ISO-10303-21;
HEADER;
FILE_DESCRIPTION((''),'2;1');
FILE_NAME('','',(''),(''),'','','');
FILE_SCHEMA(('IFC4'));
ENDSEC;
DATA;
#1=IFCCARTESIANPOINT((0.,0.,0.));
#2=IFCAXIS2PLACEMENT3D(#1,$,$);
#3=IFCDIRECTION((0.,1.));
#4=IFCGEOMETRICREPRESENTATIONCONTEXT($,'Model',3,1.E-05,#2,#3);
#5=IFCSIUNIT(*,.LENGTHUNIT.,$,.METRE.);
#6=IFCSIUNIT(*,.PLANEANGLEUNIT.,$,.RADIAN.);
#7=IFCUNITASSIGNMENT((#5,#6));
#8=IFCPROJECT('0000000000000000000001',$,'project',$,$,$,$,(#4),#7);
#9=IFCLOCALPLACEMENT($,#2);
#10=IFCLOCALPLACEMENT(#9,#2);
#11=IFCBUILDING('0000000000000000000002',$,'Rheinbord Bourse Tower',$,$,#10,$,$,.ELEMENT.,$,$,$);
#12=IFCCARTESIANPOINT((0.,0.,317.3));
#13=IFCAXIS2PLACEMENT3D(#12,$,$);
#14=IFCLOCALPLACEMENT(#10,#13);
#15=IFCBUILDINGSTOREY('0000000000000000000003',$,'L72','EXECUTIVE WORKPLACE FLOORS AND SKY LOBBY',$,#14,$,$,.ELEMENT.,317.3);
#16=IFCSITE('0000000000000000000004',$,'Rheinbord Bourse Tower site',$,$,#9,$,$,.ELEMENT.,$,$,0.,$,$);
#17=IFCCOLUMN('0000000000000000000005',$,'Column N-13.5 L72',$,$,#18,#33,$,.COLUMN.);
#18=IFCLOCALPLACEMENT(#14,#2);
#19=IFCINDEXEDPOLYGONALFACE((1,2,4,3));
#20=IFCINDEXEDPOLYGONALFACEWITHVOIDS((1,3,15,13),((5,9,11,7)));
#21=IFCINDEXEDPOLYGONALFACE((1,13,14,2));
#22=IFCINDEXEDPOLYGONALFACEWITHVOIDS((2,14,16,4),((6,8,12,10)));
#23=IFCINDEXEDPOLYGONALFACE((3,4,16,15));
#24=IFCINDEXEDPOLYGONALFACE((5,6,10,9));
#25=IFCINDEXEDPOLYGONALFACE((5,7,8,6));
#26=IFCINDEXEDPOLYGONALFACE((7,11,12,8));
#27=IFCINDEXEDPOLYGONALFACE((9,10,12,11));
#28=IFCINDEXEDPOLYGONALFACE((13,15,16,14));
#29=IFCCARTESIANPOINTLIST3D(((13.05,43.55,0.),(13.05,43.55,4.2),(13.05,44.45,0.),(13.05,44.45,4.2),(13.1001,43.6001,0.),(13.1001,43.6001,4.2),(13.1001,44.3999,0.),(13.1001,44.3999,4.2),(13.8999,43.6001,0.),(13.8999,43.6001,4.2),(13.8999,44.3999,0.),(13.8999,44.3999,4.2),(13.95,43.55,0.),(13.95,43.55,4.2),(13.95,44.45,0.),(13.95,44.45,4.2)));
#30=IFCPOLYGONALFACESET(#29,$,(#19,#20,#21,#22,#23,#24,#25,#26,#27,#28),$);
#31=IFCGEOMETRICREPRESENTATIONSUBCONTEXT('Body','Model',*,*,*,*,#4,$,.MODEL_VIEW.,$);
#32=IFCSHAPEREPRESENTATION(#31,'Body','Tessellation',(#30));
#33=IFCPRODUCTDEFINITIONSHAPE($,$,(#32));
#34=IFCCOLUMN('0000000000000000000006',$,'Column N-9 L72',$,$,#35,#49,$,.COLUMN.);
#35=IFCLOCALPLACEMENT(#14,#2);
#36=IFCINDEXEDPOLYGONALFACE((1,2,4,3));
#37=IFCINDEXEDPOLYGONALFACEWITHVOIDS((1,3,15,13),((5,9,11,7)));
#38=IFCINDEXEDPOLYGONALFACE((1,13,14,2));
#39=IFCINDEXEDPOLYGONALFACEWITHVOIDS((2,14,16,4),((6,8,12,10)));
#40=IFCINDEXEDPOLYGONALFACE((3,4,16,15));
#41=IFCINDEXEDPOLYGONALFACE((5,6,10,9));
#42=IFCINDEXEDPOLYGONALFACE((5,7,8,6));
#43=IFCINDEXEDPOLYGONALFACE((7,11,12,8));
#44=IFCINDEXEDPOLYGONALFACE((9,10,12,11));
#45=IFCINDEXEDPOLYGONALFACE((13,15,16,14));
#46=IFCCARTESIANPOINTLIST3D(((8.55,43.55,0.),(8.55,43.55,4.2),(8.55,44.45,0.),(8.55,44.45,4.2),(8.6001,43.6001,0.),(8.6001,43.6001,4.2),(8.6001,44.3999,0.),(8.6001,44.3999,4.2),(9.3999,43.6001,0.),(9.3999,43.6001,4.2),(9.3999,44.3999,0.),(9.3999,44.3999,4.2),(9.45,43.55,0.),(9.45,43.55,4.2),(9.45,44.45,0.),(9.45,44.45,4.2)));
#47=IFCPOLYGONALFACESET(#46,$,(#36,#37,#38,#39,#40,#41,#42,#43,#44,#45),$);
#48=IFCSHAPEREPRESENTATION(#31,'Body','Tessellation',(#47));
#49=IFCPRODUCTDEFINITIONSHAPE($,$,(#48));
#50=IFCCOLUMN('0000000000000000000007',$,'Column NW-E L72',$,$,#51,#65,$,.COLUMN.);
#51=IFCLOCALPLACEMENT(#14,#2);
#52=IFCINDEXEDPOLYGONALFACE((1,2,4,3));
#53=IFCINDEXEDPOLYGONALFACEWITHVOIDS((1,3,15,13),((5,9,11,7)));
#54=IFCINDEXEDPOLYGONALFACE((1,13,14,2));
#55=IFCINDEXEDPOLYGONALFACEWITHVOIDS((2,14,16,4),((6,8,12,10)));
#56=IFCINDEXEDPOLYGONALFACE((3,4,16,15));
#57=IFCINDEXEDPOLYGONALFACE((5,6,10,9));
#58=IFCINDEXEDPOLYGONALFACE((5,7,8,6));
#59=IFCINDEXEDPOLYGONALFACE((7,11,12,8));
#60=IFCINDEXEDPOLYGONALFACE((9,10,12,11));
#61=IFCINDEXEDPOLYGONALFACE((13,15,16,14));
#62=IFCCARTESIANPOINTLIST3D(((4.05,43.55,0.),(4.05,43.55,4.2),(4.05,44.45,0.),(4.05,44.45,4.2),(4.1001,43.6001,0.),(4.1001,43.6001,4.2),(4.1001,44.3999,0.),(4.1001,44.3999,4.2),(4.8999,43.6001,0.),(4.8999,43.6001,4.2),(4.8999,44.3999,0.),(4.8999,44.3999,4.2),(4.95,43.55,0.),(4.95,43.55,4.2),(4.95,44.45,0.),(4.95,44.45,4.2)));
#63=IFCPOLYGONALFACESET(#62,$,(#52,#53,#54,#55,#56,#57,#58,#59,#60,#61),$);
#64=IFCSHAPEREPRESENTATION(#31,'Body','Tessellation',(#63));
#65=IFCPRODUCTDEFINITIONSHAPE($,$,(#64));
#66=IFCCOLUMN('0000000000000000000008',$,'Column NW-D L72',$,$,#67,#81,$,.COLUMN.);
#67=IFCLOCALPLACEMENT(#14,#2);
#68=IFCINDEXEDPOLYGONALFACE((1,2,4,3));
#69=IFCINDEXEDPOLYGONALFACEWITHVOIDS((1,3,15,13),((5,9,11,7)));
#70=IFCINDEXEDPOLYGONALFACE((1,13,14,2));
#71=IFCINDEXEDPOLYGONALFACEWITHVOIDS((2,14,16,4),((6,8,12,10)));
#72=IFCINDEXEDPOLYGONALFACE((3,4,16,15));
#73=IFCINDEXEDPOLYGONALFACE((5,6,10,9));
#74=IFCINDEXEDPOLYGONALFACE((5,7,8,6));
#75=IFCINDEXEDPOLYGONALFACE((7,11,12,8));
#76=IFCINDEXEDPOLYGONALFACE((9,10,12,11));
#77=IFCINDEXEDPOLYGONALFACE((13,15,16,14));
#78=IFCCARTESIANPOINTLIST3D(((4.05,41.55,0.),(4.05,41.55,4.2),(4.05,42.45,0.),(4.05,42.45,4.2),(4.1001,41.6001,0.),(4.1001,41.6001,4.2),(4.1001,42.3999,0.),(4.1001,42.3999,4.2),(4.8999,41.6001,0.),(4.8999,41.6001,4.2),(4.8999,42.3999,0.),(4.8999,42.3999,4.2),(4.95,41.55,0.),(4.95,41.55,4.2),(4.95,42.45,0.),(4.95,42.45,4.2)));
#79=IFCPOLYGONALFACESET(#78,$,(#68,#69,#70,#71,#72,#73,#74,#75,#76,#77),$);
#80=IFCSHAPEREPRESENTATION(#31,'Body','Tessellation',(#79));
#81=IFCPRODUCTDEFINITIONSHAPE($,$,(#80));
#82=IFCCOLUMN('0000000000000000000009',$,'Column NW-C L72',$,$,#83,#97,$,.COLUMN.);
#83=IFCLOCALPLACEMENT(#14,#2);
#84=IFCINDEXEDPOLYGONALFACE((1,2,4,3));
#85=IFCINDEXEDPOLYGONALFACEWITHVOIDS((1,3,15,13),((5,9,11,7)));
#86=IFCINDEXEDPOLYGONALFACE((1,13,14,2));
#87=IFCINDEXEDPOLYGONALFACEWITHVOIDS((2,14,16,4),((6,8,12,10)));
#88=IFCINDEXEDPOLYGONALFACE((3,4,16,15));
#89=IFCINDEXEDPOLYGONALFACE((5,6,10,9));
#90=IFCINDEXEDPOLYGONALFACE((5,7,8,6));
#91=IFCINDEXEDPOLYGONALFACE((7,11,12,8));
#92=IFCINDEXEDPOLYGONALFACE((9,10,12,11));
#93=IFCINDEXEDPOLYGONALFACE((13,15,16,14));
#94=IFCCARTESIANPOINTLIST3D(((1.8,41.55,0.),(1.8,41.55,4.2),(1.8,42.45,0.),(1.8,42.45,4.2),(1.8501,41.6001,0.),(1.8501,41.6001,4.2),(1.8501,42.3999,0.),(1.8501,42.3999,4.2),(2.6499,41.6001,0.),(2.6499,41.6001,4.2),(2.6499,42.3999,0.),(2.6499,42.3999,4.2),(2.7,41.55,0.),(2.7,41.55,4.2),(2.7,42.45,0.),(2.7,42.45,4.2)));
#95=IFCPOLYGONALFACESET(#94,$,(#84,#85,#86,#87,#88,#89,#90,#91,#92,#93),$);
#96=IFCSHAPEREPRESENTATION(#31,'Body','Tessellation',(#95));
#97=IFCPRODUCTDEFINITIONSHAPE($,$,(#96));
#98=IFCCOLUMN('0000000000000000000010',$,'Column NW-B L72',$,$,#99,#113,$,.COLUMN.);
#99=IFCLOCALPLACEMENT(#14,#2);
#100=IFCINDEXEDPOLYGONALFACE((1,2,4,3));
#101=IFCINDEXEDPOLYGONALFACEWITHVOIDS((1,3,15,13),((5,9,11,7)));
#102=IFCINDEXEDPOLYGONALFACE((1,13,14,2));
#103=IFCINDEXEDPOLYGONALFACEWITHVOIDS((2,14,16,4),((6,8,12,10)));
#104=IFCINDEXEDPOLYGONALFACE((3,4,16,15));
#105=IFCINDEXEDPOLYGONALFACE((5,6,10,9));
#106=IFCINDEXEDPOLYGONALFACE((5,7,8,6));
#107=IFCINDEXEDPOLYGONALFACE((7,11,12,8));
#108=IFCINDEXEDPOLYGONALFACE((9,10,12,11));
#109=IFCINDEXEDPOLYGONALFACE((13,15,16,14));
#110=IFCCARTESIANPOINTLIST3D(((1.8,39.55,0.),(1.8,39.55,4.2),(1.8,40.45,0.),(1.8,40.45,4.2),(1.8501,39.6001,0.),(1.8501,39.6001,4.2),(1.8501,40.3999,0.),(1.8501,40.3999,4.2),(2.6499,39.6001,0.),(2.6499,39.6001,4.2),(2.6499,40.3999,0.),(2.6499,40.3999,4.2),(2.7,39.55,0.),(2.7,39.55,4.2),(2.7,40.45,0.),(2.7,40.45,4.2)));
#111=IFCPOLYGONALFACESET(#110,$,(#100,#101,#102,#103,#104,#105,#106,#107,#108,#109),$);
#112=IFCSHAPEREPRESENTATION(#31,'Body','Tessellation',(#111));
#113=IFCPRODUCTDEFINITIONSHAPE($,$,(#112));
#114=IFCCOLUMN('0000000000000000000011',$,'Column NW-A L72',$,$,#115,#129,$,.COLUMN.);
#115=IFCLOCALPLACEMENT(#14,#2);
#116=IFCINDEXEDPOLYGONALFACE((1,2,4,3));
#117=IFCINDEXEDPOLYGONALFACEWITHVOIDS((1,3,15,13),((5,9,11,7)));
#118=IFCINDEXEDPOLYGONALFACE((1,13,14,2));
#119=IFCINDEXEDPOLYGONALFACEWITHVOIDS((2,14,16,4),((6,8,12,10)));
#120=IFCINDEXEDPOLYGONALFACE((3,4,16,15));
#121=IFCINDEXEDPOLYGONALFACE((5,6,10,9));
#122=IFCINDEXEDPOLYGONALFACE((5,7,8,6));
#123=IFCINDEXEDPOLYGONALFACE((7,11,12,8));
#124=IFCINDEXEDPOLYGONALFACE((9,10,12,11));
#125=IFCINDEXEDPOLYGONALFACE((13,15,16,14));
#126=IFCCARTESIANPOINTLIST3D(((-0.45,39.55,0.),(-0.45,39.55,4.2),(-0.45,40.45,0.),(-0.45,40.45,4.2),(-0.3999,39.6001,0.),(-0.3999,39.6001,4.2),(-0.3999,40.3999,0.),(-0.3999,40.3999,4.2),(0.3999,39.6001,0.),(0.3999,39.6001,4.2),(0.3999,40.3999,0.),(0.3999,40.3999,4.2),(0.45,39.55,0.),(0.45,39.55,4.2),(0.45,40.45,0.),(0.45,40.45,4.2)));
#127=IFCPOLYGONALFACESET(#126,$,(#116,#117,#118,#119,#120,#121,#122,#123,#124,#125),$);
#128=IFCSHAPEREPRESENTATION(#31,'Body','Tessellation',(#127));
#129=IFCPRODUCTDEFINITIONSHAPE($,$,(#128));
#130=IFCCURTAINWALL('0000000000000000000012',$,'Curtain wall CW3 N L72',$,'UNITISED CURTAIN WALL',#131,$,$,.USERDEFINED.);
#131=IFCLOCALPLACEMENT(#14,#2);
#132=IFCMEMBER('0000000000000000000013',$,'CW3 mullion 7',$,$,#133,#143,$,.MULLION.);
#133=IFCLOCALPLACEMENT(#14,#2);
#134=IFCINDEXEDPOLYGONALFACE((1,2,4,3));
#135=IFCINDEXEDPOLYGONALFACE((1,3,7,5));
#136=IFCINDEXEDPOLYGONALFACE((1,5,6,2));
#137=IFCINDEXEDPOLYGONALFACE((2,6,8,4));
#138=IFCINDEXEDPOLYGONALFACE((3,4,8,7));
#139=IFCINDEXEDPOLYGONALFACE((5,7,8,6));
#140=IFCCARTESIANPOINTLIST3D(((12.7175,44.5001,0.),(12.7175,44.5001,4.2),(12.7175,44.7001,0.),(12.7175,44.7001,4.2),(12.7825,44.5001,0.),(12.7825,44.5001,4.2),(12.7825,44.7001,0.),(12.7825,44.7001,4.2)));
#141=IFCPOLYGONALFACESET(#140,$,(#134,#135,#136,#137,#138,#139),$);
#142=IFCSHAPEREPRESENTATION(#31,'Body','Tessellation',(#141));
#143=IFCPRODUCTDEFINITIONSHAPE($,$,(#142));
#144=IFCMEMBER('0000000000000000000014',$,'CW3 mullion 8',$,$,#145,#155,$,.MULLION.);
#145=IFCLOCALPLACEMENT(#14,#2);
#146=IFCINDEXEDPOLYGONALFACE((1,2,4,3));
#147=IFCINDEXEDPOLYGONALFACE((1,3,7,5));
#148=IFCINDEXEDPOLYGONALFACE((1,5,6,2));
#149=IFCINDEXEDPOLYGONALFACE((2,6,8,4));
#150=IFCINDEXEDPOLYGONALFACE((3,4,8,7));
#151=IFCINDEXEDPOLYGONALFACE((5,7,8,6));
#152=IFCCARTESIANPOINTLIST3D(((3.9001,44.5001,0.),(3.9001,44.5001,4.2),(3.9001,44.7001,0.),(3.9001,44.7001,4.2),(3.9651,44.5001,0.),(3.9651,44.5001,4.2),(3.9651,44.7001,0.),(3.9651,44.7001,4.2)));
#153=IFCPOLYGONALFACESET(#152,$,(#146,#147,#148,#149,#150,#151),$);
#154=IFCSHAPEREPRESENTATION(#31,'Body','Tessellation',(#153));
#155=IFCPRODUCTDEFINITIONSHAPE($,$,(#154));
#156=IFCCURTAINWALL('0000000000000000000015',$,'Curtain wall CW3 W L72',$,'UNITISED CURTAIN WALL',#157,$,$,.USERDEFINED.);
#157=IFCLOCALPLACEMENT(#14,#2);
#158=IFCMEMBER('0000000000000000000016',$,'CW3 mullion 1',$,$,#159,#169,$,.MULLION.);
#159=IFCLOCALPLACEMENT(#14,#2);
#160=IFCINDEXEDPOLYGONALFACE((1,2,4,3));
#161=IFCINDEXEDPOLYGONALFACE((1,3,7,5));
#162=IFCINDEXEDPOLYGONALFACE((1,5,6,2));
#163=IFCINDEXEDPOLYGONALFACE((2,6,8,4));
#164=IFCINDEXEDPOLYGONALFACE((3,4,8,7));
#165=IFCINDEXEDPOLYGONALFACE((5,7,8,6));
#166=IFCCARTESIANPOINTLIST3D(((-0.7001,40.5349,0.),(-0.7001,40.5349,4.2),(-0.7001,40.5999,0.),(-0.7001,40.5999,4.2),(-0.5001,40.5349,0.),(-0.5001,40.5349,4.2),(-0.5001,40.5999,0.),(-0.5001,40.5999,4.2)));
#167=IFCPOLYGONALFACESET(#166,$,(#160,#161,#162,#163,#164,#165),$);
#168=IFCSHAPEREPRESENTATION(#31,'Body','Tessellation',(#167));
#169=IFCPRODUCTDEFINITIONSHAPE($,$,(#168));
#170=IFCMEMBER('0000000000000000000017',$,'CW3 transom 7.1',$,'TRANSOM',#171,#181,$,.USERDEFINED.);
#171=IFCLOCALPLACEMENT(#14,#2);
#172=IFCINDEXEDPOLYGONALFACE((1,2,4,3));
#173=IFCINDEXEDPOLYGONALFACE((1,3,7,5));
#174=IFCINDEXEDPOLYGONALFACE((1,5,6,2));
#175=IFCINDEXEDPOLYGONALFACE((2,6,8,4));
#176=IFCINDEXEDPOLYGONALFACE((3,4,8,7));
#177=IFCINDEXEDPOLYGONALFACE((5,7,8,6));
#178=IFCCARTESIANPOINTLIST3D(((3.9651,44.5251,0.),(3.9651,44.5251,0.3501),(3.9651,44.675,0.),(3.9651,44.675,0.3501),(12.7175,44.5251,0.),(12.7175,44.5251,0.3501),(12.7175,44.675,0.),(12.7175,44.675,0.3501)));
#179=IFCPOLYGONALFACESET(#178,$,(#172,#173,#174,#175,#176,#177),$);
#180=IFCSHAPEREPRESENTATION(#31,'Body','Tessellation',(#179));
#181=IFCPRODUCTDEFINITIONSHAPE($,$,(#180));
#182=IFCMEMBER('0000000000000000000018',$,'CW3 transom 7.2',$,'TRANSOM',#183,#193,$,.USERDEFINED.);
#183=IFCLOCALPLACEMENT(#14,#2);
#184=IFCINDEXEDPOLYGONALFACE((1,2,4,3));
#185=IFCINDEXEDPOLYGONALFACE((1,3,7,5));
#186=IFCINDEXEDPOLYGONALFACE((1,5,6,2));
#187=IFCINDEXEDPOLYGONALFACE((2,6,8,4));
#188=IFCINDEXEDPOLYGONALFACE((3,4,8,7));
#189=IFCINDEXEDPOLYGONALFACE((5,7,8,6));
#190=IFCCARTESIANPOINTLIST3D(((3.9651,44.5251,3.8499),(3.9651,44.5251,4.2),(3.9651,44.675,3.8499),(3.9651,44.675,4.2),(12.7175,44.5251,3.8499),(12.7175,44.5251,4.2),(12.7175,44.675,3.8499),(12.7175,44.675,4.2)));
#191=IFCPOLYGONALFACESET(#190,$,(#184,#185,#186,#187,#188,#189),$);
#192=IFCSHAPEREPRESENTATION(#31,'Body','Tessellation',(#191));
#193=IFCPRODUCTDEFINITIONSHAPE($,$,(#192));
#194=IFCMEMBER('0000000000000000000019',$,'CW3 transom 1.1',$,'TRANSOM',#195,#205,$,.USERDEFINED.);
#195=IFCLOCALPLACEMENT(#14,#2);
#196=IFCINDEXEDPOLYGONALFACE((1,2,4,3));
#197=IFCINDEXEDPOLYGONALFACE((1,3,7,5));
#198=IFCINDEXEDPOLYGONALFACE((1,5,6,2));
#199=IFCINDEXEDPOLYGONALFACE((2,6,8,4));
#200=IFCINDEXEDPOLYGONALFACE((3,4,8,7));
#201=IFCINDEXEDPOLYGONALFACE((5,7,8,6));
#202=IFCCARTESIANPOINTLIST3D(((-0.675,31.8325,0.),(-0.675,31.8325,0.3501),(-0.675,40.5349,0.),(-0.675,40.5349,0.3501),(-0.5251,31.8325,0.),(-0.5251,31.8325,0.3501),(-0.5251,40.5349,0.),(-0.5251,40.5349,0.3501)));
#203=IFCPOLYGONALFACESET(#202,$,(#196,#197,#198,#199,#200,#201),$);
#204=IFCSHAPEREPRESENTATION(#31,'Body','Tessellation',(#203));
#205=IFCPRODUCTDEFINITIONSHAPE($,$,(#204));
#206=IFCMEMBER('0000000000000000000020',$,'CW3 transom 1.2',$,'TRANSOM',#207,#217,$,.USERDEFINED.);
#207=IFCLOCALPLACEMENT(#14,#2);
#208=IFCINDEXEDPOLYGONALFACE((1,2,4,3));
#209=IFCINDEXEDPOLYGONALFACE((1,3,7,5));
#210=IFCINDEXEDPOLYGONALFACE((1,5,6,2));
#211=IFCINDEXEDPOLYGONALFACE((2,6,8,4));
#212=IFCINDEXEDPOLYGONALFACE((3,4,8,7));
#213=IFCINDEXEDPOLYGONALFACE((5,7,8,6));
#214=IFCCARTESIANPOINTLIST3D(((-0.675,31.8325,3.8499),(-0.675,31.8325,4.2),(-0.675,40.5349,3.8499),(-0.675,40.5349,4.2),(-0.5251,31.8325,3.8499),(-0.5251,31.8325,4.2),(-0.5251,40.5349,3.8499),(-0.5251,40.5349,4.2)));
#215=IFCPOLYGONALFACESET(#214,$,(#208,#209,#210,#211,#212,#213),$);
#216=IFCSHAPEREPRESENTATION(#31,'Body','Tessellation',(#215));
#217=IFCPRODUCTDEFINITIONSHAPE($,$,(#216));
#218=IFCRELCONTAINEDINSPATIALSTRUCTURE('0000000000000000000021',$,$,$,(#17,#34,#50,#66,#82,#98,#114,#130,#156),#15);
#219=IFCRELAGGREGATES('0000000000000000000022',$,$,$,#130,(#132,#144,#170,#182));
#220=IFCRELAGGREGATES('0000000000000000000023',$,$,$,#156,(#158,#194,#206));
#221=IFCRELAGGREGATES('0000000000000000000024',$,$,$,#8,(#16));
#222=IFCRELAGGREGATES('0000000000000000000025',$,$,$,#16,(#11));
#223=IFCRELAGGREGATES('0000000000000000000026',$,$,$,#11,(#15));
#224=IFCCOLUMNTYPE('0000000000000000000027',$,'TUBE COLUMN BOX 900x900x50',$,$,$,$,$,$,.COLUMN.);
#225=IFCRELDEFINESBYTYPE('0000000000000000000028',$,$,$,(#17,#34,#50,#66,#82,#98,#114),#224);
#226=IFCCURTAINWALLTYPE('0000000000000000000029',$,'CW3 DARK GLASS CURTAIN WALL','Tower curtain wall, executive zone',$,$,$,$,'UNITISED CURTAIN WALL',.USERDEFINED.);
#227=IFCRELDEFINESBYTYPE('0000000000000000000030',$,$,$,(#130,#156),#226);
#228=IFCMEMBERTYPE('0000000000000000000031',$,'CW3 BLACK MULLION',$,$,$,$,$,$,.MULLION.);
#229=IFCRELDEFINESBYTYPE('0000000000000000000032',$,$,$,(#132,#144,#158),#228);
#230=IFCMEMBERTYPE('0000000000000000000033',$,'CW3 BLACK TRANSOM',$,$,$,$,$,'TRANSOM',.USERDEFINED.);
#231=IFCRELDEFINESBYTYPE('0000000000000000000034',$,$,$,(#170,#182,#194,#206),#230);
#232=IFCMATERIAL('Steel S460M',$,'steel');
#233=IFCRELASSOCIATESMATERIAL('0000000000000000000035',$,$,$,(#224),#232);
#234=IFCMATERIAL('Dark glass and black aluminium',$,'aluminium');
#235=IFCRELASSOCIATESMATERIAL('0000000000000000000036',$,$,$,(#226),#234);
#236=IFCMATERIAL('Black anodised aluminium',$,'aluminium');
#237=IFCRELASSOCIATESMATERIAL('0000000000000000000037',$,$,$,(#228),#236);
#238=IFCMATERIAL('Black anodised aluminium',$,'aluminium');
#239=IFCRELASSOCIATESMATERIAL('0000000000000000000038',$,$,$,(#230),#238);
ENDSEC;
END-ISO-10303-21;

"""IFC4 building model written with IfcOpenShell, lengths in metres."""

from ifc_helpers import new_model, si_unit, direction, frame, origin, origin_2d, place, context, subcontext, project, spatial, rectangle, hollow_rectangle, extrude, material, material_profile, profile_set, type_object, element, aggregate, save


model = new_model("IFC4")

# Units and contexts
model_context = context("Model", 3, precision=1e-05, world=origin(), true_north=direction((0.0, 1.0)))
body_context = subcontext(model_context, "Body", "Model", "MODEL_VIEW")
ifc_project = project(units=[si_unit("LENGTHUNIT", "METRE"), si_unit("PLANEANGLEUNIT", "RADIAN")], contexts=[model_context])

# Site, building, storey
site_placement = place(None, origin())
site = spatial("IfcSite", under=ifc_project, at=site_placement, Name="Rheinbord Bourse Tower site", CompositionType="ELEMENT", RefElevation=0.0)
building_placement = place(site_placement, origin())
building = spatial("IfcBuilding", under=site, at=building_placement, Name="Rheinbord Bourse Tower", CompositionType="ELEMENT")
storey_placement = place(building_placement, frame((0.0, 0.0, 317.3)))
storey = spatial("IfcBuildingStorey", under=building, at=storey_placement, Name="L72", Description="EXECUTIVE WORKPLACE FLOORS AND SKY LOBBY", CompositionType="ELEMENT", Elevation=317.3)

# Columns
ifc_material_1 = material(Name="Steel S460M", Category="steel")
ifc_material_profile_1 = material_profile(ifc_material_1, hollow_rectangle(XDim=0.8999, YDim=0.8999, WallThickness=0.05, at=origin_2d()), Name="BOX 900x900x50")
ifc_profile_set_1 = profile_set([ifc_material_profile_1], Name="Steel S460M")
column_type = type_object("IfcColumnType", Name="TUBE COLUMN BOX 900x900x50", PredefinedType="COLUMN", material=ifc_profile_set_1)
for number, where, z_axis, x_axis, name in (
    (1, (13.5, 44.0, 0.0), (0.0, 0.0, 1.0), (0.0, 1.0, 0.0), "Column N-13.5 L72"),
    (2, (9.0, 44.0, 0.0), (0.0, 0.0, 1.0), (0.0, 1.0, 0.0), "Column N-9 L72"),
    (3, (4.5, 44.0, 0.0), (0.0, 0.0, 1.0), (0.0, 1.0, 0.0), "Column NW-E L72"),
    (4, (4.5, 42.0, 0.0), (0.0, 0.0, 1.0), (0.0, 1.0, 0.0), "Column NW-D L72"),
    (5, (2.25, 42.0, 0.0), (0.0, 0.0, 1.0), (1.0, 0.0, 0.0), "Column NW-C L72"),
    (6, (2.25, 40.0, 0.0), (0.0, 0.0, 1.0), (1.0, 0.0, 0.0), "Column NW-B L72"),
    (7, (0.0, 40.0, 0.0), (0.0, 0.0, 1.0), (1.0, 0.0, 0.0), "Column NW-A L72"),
):
    element("IfcColumn", number, at=place(storey_placement, frame(where, z_axis=z_axis, x_axis=x_axis)), inside=storey, type_object=column_type, Name=name, PredefinedType="COLUMN", context=body_context, shape_type="SweptSolid", body=[
        extrude(hollow_rectangle(XDim=0.8999, YDim=0.8999, WallThickness=0.05, at=origin_2d()), origin(), (0.0, 0.0, 1.0), 4.2),
    ])

# Curtain wall, members
ifc_material_2 = material(Name="Dark glass and black aluminium", Category="aluminium")
curtain_wall_type = type_object("IfcCurtainWallType", Name="CW3 DARK GLASS CURTAIN WALL", Description="Tower curtain wall, executive zone", ElementType="UNITISED CURTAIN WALL", PredefinedType="USERDEFINED", material=ifc_material_2)
curtain_wall_1_placement = place(storey_placement, origin())
curtain_wall_1 = element("IfcCurtainWall", 8, at=curtain_wall_1_placement, inside=storey, type_object=curtain_wall_type, Name="Curtain wall CW3 N L72", ObjectType="UNITISED CURTAIN WALL", PredefinedType="USERDEFINED")
ifc_material_3 = material(Name="Black anodised aluminium", Category="aluminium")
ifc_material_profile_2 = material_profile(ifc_material_3, rectangle(XDim=0.2, YDim=0.0649, at=origin_2d()), Name="CW3 MULLION 65x200")
ifc_profile_set_2 = profile_set([ifc_material_profile_2], Name="Black anodised aluminium")
member_type_1 = type_object("IfcMemberType", Name="CW3 BLACK MULLION", PredefinedType="MULLION", material=ifc_profile_set_2)
member_1_placement = place(storey_placement, frame((12.75, 44.6001, 0.0), z_axis=(0.0, 0.0, 1.0), x_axis=(0.0, -1.0, 0.0)))
member_1 = element("IfcMember", 9, at=member_1_placement, type_object=member_type_1, Name="CW3 mullion 7", PredefinedType="MULLION", context=body_context, shape_type="SweptSolid", body=[
    extrude(rectangle(XDim=0.2, YDim=0.0649, at=origin_2d()), origin(), (0.0, 0.0, 1.0), 4.2),
])
member_2_placement = place(storey_placement, frame((3.9326, 44.6001, 0.0), z_axis=(0.0, 0.0, 1.0), x_axis=(0.0, -1.0, 0.0)))
member_2 = element("IfcMember", 10, at=member_2_placement, type_object=member_type_1, Name="CW3 mullion 8", PredefinedType="MULLION", context=body_context, shape_type="SweptSolid", body=[
    extrude(rectangle(XDim=0.2, YDim=0.0649, at=origin_2d()), origin(), (0.0, 0.0, 1.0), 4.2),
])

# Curtain wall, member
curtain_wall_2_placement = place(storey_placement, origin())
curtain_wall_2 = element("IfcCurtainWall", 11, at=curtain_wall_2_placement, inside=storey, type_object=curtain_wall_type, Name="Curtain wall CW3 W L72", ObjectType="UNITISED CURTAIN WALL", PredefinedType="USERDEFINED")
member_3_placement = place(storey_placement, frame((-0.6001, 40.5674, 0.0), z_axis=(0.0, 0.0, 1.0), x_axis=(1.0, 0.0, 0.0)))
member_3 = element("IfcMember", 12, at=member_3_placement, type_object=member_type_1, Name="CW3 mullion 1", PredefinedType="MULLION", context=body_context, shape_type="SweptSolid", body=[
    extrude(rectangle(XDim=0.2, YDim=0.0649, at=origin_2d()), origin(), (0.0, 0.0, 1.0), 4.2),
])

# Members
ifc_material_4 = material(Name="Black anodised aluminium", Category="aluminium")
ifc_material_profile_3 = material_profile(ifc_material_4, rectangle(XDim=0.1499, YDim=0.3501, at=origin_2d()), Name="CW3 TRANSOM 350x150")
ifc_profile_set_3 = profile_set([ifc_material_profile_3], Name="Black anodised aluminium")
member_type_2 = type_object("IfcMemberType", Name="CW3 BLACK TRANSOM", ElementType="TRANSOM", PredefinedType="USERDEFINED", material=ifc_profile_set_3)
member_4_placement = place(storey_placement, frame((12.7175, 44.6001, 0.175), z_axis=(-1.0, 0.0, 0.0), x_axis=(0.0, -1.0, 0.0)))
member_4 = element("IfcMember", 13, at=member_4_placement, type_object=member_type_2, Name="CW3 transom 7.1", ObjectType="TRANSOM", PredefinedType="USERDEFINED", context=body_context, shape_type="SweptSolid", body=[
    extrude(rectangle(XDim=0.1499, YDim=0.3501, at=origin_2d()), origin(), (0.0, 0.0, 1.0), 8.7524),
])
member_5_placement = place(storey_placement, frame((12.7175, 44.6001, 4.0249), z_axis=(-1.0, 0.0, 0.0), x_axis=(0.0, -1.0, 0.0)))
member_5 = element("IfcMember", 14, at=member_5_placement, type_object=member_type_2, Name="CW3 transom 7.2", ObjectType="TRANSOM", PredefinedType="USERDEFINED", context=body_context, shape_type="SweptSolid", body=[
    extrude(rectangle(XDim=0.1499, YDim=0.3501, at=origin_2d()), origin(), (0.0, 0.0, 1.0), 8.7524),
])
member_6_placement = place(storey_placement, frame((-0.6001, 40.5349, 0.175), z_axis=(0.0, -1.0, 0.0), x_axis=(1.0, 0.0, 0.0)))
member_6 = element("IfcMember", 15, at=member_6_placement, type_object=member_type_2, Name="CW3 transom 1.1", ObjectType="TRANSOM", PredefinedType="USERDEFINED", context=body_context, shape_type="SweptSolid", body=[
    extrude(rectangle(XDim=0.1499, YDim=0.3501, at=origin_2d()), origin(), (0.0, 0.0, 1.0), 8.7024),
])
member_7_placement = place(storey_placement, frame((-0.6001, 40.5349, 4.0249), z_axis=(0.0, -1.0, 0.0), x_axis=(1.0, 0.0, 0.0)))
member_7 = element("IfcMember", 16, at=member_7_placement, type_object=member_type_2, Name="CW3 transom 1.2", ObjectType="TRANSOM", PredefinedType="USERDEFINED", context=body_context, shape_type="SweptSolid", body=[
    extrude(rectangle(XDim=0.1499, YDim=0.3501, at=origin_2d()), origin(), (0.0, 0.0, 1.0), 8.7024),
])

aggregate(curtain_wall_1, [member_1, member_2, member_4, member_5])
aggregate(curtain_wall_2, [member_3, member_6, member_7])

save(model, "model.ifc")
